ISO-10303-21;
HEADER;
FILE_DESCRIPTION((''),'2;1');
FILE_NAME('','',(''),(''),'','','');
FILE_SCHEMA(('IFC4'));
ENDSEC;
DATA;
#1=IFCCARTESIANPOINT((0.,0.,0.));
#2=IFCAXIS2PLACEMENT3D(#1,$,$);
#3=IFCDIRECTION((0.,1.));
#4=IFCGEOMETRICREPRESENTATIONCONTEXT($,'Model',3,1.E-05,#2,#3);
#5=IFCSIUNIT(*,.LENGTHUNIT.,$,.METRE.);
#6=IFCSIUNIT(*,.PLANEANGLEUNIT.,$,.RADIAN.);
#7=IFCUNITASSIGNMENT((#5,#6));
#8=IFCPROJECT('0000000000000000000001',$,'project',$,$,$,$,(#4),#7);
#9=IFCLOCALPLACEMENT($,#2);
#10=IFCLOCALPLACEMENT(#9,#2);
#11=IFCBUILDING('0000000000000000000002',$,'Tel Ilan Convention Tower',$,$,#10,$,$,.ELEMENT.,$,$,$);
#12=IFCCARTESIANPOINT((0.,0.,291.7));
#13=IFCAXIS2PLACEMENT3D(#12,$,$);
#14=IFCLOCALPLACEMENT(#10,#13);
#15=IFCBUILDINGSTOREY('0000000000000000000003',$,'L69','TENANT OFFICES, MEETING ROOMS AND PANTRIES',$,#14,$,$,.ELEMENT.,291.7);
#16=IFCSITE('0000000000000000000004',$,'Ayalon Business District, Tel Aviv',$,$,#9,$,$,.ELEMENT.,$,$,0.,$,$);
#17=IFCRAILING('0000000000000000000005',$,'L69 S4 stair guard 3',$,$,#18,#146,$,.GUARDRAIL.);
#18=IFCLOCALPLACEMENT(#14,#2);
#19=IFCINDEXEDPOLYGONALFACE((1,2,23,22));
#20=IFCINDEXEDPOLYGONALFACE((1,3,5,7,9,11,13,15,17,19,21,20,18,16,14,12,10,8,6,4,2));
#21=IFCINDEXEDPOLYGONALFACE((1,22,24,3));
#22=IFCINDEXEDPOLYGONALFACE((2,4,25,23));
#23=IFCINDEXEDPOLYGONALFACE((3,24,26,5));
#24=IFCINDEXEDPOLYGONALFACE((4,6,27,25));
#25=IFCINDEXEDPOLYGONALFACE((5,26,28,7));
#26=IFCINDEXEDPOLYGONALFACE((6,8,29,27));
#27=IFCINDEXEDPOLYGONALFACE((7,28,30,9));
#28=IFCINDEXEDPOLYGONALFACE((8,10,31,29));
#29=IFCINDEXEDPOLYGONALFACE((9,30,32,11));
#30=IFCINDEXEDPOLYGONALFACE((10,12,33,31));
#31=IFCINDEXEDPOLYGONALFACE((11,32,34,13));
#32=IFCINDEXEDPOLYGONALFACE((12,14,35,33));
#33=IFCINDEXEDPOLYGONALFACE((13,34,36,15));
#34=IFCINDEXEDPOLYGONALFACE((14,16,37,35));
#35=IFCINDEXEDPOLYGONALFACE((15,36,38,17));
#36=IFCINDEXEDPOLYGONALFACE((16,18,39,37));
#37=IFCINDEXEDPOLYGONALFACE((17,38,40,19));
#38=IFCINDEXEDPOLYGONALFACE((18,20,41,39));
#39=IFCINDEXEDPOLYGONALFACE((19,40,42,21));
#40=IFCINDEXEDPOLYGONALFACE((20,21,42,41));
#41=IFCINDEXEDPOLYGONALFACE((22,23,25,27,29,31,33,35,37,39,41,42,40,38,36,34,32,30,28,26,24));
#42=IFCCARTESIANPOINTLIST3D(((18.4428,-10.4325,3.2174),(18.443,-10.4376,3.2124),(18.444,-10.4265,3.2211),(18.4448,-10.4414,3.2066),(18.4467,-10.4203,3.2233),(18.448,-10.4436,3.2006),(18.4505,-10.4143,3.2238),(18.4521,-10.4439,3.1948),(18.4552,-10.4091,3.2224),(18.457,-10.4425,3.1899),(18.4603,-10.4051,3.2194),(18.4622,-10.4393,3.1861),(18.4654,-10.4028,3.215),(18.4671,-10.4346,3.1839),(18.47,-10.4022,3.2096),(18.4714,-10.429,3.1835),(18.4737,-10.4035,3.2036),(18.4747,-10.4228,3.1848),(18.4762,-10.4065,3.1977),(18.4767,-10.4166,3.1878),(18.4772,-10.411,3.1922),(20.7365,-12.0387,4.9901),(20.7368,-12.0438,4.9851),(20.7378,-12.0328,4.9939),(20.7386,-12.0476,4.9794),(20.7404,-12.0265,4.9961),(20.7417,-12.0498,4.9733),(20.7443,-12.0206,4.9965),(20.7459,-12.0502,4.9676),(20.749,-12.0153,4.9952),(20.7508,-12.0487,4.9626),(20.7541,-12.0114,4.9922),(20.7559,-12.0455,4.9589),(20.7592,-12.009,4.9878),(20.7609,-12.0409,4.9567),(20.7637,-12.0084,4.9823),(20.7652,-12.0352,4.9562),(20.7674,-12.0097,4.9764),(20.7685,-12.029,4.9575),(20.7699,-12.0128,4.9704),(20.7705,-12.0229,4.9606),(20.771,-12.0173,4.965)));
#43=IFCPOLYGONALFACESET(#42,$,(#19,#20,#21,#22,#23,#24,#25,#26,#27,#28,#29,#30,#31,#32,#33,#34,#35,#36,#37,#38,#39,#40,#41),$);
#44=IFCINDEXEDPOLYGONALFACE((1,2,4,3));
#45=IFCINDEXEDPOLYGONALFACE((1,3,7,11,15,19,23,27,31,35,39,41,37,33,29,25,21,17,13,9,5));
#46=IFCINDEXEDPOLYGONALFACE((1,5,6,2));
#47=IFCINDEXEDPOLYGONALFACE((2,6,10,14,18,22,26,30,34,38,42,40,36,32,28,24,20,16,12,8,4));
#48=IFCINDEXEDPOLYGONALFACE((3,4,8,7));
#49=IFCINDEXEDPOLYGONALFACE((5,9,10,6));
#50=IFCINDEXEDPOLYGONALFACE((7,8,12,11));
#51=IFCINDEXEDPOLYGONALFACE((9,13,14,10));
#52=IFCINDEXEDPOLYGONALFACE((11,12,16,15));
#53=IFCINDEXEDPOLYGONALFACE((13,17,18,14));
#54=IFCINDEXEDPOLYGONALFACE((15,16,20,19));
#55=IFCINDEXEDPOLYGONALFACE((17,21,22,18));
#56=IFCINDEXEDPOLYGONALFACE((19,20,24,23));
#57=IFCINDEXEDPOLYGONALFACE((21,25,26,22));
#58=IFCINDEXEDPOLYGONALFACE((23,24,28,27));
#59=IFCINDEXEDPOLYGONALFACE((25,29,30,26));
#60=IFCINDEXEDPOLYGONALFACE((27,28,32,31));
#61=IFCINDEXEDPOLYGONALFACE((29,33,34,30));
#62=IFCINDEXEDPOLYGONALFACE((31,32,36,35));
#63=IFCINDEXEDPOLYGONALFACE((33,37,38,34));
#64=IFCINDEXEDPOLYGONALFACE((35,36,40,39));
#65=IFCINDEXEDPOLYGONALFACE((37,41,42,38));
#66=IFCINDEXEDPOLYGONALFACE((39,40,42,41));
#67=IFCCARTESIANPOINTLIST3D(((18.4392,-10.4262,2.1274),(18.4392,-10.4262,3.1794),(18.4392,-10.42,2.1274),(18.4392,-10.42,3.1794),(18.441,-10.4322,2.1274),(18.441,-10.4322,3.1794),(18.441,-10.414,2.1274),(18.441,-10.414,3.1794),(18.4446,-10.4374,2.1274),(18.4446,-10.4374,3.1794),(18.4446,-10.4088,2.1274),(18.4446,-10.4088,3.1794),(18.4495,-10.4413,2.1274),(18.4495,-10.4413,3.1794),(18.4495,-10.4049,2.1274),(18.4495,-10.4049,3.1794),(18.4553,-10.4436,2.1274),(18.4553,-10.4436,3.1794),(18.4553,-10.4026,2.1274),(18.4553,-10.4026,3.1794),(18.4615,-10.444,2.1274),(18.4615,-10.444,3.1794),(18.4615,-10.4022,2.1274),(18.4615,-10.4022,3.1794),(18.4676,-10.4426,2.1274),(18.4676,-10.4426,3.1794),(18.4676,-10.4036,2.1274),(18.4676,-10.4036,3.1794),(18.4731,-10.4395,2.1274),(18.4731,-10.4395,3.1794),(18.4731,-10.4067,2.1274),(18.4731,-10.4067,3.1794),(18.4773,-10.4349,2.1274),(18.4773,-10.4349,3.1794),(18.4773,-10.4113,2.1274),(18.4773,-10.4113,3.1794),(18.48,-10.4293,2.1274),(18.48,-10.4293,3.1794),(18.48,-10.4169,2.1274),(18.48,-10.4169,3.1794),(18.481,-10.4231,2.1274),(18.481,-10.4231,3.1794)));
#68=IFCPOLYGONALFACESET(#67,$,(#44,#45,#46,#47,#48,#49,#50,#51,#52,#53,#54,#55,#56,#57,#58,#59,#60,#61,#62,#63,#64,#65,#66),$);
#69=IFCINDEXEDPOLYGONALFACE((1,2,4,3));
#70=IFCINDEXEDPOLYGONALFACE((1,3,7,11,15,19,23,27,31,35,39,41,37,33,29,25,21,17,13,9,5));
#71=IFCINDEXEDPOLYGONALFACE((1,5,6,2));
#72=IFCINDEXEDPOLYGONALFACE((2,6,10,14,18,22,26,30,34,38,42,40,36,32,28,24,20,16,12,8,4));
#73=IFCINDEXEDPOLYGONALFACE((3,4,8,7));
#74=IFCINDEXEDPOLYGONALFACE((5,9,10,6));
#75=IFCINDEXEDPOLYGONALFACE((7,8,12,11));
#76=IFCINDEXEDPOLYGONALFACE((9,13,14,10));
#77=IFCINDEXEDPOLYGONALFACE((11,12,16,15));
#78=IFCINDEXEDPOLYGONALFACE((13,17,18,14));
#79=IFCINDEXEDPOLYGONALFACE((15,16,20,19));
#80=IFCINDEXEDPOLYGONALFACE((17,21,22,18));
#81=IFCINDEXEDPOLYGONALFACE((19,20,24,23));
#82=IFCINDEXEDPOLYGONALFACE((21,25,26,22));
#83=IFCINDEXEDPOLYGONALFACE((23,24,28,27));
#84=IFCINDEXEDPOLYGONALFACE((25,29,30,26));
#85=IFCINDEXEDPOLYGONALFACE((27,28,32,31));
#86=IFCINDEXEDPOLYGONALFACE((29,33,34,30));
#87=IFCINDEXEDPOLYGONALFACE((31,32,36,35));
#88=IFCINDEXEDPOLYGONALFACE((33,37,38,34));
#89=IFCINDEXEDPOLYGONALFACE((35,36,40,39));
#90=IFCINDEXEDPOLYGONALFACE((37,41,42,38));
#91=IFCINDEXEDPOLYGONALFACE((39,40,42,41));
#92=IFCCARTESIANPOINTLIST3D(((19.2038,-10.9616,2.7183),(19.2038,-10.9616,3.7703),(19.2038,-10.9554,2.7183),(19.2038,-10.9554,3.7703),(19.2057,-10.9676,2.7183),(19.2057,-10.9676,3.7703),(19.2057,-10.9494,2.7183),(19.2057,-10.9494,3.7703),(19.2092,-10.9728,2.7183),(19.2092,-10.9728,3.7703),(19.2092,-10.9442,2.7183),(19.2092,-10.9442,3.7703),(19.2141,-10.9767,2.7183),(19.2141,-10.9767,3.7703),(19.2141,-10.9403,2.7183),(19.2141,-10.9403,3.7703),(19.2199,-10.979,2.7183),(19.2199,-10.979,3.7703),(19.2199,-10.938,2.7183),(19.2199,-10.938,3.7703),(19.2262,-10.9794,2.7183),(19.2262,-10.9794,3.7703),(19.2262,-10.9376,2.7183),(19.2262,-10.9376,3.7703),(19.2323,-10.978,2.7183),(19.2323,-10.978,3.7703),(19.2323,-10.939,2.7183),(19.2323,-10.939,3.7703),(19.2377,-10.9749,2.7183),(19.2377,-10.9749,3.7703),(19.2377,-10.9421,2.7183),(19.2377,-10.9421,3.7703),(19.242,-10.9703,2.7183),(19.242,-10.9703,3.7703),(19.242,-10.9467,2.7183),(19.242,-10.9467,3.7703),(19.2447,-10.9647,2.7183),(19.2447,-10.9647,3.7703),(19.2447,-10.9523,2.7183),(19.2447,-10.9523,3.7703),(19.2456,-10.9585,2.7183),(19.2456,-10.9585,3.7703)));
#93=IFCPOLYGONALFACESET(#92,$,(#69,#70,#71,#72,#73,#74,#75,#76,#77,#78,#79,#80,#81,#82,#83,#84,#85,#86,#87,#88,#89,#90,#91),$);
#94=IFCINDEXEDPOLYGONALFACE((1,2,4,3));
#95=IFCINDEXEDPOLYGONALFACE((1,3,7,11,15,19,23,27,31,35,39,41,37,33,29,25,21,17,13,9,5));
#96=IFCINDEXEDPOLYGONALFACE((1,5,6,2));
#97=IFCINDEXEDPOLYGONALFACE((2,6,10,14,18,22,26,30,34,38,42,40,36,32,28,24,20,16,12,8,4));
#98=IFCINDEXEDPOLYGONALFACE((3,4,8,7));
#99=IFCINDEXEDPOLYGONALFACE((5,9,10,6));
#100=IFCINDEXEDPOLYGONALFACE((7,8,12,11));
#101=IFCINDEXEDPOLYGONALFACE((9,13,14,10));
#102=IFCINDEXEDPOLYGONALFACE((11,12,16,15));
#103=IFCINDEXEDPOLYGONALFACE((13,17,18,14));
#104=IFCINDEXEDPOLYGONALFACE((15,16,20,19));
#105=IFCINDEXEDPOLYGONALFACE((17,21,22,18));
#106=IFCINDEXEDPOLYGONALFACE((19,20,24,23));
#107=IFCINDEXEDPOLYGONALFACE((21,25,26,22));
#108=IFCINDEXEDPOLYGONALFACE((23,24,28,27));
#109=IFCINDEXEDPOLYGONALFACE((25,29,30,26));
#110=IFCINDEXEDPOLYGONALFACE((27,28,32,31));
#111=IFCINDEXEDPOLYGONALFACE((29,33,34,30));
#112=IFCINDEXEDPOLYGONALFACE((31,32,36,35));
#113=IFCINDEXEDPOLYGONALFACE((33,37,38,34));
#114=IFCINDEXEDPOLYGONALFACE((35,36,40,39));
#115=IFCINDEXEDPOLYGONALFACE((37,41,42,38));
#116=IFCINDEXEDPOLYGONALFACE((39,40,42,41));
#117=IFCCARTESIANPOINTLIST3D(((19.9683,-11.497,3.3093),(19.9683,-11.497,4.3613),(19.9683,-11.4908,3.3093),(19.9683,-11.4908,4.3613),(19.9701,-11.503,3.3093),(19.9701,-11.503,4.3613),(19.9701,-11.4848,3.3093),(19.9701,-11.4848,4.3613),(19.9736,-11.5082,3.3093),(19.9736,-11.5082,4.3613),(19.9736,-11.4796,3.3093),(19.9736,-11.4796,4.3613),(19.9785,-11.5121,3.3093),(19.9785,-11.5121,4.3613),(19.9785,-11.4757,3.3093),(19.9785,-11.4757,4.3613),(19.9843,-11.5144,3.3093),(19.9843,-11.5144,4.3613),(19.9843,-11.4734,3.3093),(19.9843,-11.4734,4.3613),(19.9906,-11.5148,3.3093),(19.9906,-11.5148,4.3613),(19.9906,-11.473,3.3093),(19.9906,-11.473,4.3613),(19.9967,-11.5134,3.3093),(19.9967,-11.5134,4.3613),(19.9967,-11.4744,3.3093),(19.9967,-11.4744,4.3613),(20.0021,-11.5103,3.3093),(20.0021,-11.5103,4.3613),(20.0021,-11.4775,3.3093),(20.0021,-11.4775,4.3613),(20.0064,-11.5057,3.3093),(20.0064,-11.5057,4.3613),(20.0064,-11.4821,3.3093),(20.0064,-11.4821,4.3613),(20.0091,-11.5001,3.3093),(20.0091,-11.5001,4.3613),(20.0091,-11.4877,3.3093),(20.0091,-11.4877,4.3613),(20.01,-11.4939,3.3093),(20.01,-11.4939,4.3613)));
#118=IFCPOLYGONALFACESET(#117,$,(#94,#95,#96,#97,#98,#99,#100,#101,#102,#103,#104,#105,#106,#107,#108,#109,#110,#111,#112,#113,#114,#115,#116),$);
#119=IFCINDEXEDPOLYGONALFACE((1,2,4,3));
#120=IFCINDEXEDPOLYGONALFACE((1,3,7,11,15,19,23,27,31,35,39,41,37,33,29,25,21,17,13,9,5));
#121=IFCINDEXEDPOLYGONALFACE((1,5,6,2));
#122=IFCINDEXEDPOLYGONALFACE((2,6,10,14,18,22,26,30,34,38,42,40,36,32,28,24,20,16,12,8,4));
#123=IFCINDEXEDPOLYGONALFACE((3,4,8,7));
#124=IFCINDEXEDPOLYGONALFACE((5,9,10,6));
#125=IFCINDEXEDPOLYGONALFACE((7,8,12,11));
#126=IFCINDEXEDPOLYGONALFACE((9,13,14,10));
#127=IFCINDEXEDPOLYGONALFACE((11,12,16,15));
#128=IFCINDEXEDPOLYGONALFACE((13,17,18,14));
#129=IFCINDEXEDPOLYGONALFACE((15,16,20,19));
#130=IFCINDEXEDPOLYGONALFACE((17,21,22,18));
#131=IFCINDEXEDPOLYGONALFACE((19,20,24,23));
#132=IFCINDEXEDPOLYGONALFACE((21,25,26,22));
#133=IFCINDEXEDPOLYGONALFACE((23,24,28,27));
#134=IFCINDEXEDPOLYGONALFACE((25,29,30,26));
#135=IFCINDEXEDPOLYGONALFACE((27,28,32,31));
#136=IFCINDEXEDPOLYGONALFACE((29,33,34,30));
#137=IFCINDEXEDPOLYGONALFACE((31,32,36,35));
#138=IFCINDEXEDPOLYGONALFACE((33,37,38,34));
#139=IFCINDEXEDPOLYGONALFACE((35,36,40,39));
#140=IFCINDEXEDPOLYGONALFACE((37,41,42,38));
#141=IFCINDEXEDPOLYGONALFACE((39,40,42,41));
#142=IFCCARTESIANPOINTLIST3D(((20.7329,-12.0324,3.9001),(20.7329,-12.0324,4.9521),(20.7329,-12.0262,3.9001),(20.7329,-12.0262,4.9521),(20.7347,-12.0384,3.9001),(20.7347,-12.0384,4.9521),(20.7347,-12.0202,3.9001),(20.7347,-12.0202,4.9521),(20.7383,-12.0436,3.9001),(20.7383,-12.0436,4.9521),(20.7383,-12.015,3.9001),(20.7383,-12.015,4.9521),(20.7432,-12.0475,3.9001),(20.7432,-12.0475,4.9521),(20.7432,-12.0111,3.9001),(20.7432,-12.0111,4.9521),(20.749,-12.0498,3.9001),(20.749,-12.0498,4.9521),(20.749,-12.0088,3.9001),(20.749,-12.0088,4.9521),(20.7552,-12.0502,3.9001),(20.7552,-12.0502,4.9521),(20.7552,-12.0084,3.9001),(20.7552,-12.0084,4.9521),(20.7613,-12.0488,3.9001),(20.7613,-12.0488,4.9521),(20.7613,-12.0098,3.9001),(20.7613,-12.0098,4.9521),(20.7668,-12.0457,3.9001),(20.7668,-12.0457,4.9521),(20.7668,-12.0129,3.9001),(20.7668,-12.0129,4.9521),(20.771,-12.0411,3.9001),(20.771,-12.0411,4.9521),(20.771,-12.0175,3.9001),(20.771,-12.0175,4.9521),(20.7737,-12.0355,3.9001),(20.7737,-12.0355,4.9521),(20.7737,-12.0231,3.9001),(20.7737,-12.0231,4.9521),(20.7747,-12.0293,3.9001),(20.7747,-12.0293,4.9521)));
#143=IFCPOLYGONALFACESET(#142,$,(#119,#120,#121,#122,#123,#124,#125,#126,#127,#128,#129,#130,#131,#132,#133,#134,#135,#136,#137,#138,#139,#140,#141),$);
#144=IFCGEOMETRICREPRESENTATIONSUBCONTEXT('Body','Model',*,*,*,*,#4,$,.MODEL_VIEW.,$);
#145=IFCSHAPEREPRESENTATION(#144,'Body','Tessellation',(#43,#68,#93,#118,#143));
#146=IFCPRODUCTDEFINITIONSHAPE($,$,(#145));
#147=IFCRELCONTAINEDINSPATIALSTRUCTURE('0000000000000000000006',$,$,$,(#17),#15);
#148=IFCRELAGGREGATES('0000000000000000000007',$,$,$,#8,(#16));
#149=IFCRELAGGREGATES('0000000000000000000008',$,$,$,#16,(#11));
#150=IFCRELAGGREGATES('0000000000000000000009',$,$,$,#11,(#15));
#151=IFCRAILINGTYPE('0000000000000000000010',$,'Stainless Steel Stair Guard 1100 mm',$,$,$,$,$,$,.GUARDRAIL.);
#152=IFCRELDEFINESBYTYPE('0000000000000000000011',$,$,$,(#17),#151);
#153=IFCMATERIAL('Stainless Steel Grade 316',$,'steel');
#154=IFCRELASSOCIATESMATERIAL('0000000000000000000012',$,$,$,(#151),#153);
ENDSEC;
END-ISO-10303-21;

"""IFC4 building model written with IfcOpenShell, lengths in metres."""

from ifc_helpers import new_model, si_unit, direction, frame, origin, origin_2d, place, context, subcontext, project, spatial, circle, extrude, material, type_object, element, save


model = new_model("IFC4")

# Units and contexts
model_context = context("Model", 3, precision=1e-05, world=origin(), true_north=direction((0.0, 1.0)))
body_context = subcontext(model_context, "Body", "Model", "MODEL_VIEW")
ifc_project = project(units=[si_unit("LENGTHUNIT", "METRE"), si_unit("PLANEANGLEUNIT", "RADIAN")], contexts=[model_context])

# Site, building, storey
site_placement = place(None, origin())
site = spatial("IfcSite", under=ifc_project, at=site_placement, Name="Ayalon Business District, Tel Aviv", CompositionType="ELEMENT", RefElevation=0.0)
building_placement = place(site_placement, origin())
building = spatial("IfcBuilding", under=site, at=building_placement, Name="Tel Ilan Convention Tower", CompositionType="ELEMENT")
storey_placement = place(building_placement, frame((0.0, 0.0, 291.7)))
storey = spatial("IfcBuildingStorey", under=building, at=storey_placement, Name="L69", Description="TENANT OFFICES, MEETING ROOMS AND PANTRIES", CompositionType="ELEMENT", Elevation=291.7)

# Railing
ifc_material_1 = material(Name="Stainless Steel Grade 316", Category="steel")
railing_type_1 = type_object("IfcRailingType", Name="Stainless Steel Stair Guard 1100 mm", PredefinedType="GUARDRAIL", material=ifc_material_1)
railing_1_placement = place(storey_placement, frame((18.46, -10.4231, 2.1274)))
element("IfcRailing", 1, at=railing_1_placement, inside=storey, type_object=railing_type_1, Name="L69 S4 stair guard 3", PredefinedType="GUARDRAIL", context=body_context, shape_type="SweptSolid", body=[
    extrude(circle(Radius=0.0239, at=origin_2d()), frame((0.0, 0.0, 1.0762), z_axis=(0.692098, -0.484653, 0.534894), x_axis=(0.573609, 0.81913, 0.0)), (0.0, 0.0, 1.0), 3.3142),
    extrude(circle(Radius=0.021, at=origin_2d()), origin(), (0.0, 0.0, 1.0), 1.052),
    extrude(circle(Radius=0.021, at=origin_2d()), frame((0.7646, -0.5354, 0.5908)), (0.0, 0.0, 1.0), 1.052),
    extrude(circle(Radius=0.021, at=origin_2d()), frame((1.5291, -1.0708, 1.1819)), (0.0, 0.0, 1.0), 1.052),
    extrude(circle(Radius=0.021, at=origin_2d()), frame((2.2937, -1.6062, 1.7727)), (0.0, 0.0, 1.0), 1.052),
])

save(model, "model.ifc")
